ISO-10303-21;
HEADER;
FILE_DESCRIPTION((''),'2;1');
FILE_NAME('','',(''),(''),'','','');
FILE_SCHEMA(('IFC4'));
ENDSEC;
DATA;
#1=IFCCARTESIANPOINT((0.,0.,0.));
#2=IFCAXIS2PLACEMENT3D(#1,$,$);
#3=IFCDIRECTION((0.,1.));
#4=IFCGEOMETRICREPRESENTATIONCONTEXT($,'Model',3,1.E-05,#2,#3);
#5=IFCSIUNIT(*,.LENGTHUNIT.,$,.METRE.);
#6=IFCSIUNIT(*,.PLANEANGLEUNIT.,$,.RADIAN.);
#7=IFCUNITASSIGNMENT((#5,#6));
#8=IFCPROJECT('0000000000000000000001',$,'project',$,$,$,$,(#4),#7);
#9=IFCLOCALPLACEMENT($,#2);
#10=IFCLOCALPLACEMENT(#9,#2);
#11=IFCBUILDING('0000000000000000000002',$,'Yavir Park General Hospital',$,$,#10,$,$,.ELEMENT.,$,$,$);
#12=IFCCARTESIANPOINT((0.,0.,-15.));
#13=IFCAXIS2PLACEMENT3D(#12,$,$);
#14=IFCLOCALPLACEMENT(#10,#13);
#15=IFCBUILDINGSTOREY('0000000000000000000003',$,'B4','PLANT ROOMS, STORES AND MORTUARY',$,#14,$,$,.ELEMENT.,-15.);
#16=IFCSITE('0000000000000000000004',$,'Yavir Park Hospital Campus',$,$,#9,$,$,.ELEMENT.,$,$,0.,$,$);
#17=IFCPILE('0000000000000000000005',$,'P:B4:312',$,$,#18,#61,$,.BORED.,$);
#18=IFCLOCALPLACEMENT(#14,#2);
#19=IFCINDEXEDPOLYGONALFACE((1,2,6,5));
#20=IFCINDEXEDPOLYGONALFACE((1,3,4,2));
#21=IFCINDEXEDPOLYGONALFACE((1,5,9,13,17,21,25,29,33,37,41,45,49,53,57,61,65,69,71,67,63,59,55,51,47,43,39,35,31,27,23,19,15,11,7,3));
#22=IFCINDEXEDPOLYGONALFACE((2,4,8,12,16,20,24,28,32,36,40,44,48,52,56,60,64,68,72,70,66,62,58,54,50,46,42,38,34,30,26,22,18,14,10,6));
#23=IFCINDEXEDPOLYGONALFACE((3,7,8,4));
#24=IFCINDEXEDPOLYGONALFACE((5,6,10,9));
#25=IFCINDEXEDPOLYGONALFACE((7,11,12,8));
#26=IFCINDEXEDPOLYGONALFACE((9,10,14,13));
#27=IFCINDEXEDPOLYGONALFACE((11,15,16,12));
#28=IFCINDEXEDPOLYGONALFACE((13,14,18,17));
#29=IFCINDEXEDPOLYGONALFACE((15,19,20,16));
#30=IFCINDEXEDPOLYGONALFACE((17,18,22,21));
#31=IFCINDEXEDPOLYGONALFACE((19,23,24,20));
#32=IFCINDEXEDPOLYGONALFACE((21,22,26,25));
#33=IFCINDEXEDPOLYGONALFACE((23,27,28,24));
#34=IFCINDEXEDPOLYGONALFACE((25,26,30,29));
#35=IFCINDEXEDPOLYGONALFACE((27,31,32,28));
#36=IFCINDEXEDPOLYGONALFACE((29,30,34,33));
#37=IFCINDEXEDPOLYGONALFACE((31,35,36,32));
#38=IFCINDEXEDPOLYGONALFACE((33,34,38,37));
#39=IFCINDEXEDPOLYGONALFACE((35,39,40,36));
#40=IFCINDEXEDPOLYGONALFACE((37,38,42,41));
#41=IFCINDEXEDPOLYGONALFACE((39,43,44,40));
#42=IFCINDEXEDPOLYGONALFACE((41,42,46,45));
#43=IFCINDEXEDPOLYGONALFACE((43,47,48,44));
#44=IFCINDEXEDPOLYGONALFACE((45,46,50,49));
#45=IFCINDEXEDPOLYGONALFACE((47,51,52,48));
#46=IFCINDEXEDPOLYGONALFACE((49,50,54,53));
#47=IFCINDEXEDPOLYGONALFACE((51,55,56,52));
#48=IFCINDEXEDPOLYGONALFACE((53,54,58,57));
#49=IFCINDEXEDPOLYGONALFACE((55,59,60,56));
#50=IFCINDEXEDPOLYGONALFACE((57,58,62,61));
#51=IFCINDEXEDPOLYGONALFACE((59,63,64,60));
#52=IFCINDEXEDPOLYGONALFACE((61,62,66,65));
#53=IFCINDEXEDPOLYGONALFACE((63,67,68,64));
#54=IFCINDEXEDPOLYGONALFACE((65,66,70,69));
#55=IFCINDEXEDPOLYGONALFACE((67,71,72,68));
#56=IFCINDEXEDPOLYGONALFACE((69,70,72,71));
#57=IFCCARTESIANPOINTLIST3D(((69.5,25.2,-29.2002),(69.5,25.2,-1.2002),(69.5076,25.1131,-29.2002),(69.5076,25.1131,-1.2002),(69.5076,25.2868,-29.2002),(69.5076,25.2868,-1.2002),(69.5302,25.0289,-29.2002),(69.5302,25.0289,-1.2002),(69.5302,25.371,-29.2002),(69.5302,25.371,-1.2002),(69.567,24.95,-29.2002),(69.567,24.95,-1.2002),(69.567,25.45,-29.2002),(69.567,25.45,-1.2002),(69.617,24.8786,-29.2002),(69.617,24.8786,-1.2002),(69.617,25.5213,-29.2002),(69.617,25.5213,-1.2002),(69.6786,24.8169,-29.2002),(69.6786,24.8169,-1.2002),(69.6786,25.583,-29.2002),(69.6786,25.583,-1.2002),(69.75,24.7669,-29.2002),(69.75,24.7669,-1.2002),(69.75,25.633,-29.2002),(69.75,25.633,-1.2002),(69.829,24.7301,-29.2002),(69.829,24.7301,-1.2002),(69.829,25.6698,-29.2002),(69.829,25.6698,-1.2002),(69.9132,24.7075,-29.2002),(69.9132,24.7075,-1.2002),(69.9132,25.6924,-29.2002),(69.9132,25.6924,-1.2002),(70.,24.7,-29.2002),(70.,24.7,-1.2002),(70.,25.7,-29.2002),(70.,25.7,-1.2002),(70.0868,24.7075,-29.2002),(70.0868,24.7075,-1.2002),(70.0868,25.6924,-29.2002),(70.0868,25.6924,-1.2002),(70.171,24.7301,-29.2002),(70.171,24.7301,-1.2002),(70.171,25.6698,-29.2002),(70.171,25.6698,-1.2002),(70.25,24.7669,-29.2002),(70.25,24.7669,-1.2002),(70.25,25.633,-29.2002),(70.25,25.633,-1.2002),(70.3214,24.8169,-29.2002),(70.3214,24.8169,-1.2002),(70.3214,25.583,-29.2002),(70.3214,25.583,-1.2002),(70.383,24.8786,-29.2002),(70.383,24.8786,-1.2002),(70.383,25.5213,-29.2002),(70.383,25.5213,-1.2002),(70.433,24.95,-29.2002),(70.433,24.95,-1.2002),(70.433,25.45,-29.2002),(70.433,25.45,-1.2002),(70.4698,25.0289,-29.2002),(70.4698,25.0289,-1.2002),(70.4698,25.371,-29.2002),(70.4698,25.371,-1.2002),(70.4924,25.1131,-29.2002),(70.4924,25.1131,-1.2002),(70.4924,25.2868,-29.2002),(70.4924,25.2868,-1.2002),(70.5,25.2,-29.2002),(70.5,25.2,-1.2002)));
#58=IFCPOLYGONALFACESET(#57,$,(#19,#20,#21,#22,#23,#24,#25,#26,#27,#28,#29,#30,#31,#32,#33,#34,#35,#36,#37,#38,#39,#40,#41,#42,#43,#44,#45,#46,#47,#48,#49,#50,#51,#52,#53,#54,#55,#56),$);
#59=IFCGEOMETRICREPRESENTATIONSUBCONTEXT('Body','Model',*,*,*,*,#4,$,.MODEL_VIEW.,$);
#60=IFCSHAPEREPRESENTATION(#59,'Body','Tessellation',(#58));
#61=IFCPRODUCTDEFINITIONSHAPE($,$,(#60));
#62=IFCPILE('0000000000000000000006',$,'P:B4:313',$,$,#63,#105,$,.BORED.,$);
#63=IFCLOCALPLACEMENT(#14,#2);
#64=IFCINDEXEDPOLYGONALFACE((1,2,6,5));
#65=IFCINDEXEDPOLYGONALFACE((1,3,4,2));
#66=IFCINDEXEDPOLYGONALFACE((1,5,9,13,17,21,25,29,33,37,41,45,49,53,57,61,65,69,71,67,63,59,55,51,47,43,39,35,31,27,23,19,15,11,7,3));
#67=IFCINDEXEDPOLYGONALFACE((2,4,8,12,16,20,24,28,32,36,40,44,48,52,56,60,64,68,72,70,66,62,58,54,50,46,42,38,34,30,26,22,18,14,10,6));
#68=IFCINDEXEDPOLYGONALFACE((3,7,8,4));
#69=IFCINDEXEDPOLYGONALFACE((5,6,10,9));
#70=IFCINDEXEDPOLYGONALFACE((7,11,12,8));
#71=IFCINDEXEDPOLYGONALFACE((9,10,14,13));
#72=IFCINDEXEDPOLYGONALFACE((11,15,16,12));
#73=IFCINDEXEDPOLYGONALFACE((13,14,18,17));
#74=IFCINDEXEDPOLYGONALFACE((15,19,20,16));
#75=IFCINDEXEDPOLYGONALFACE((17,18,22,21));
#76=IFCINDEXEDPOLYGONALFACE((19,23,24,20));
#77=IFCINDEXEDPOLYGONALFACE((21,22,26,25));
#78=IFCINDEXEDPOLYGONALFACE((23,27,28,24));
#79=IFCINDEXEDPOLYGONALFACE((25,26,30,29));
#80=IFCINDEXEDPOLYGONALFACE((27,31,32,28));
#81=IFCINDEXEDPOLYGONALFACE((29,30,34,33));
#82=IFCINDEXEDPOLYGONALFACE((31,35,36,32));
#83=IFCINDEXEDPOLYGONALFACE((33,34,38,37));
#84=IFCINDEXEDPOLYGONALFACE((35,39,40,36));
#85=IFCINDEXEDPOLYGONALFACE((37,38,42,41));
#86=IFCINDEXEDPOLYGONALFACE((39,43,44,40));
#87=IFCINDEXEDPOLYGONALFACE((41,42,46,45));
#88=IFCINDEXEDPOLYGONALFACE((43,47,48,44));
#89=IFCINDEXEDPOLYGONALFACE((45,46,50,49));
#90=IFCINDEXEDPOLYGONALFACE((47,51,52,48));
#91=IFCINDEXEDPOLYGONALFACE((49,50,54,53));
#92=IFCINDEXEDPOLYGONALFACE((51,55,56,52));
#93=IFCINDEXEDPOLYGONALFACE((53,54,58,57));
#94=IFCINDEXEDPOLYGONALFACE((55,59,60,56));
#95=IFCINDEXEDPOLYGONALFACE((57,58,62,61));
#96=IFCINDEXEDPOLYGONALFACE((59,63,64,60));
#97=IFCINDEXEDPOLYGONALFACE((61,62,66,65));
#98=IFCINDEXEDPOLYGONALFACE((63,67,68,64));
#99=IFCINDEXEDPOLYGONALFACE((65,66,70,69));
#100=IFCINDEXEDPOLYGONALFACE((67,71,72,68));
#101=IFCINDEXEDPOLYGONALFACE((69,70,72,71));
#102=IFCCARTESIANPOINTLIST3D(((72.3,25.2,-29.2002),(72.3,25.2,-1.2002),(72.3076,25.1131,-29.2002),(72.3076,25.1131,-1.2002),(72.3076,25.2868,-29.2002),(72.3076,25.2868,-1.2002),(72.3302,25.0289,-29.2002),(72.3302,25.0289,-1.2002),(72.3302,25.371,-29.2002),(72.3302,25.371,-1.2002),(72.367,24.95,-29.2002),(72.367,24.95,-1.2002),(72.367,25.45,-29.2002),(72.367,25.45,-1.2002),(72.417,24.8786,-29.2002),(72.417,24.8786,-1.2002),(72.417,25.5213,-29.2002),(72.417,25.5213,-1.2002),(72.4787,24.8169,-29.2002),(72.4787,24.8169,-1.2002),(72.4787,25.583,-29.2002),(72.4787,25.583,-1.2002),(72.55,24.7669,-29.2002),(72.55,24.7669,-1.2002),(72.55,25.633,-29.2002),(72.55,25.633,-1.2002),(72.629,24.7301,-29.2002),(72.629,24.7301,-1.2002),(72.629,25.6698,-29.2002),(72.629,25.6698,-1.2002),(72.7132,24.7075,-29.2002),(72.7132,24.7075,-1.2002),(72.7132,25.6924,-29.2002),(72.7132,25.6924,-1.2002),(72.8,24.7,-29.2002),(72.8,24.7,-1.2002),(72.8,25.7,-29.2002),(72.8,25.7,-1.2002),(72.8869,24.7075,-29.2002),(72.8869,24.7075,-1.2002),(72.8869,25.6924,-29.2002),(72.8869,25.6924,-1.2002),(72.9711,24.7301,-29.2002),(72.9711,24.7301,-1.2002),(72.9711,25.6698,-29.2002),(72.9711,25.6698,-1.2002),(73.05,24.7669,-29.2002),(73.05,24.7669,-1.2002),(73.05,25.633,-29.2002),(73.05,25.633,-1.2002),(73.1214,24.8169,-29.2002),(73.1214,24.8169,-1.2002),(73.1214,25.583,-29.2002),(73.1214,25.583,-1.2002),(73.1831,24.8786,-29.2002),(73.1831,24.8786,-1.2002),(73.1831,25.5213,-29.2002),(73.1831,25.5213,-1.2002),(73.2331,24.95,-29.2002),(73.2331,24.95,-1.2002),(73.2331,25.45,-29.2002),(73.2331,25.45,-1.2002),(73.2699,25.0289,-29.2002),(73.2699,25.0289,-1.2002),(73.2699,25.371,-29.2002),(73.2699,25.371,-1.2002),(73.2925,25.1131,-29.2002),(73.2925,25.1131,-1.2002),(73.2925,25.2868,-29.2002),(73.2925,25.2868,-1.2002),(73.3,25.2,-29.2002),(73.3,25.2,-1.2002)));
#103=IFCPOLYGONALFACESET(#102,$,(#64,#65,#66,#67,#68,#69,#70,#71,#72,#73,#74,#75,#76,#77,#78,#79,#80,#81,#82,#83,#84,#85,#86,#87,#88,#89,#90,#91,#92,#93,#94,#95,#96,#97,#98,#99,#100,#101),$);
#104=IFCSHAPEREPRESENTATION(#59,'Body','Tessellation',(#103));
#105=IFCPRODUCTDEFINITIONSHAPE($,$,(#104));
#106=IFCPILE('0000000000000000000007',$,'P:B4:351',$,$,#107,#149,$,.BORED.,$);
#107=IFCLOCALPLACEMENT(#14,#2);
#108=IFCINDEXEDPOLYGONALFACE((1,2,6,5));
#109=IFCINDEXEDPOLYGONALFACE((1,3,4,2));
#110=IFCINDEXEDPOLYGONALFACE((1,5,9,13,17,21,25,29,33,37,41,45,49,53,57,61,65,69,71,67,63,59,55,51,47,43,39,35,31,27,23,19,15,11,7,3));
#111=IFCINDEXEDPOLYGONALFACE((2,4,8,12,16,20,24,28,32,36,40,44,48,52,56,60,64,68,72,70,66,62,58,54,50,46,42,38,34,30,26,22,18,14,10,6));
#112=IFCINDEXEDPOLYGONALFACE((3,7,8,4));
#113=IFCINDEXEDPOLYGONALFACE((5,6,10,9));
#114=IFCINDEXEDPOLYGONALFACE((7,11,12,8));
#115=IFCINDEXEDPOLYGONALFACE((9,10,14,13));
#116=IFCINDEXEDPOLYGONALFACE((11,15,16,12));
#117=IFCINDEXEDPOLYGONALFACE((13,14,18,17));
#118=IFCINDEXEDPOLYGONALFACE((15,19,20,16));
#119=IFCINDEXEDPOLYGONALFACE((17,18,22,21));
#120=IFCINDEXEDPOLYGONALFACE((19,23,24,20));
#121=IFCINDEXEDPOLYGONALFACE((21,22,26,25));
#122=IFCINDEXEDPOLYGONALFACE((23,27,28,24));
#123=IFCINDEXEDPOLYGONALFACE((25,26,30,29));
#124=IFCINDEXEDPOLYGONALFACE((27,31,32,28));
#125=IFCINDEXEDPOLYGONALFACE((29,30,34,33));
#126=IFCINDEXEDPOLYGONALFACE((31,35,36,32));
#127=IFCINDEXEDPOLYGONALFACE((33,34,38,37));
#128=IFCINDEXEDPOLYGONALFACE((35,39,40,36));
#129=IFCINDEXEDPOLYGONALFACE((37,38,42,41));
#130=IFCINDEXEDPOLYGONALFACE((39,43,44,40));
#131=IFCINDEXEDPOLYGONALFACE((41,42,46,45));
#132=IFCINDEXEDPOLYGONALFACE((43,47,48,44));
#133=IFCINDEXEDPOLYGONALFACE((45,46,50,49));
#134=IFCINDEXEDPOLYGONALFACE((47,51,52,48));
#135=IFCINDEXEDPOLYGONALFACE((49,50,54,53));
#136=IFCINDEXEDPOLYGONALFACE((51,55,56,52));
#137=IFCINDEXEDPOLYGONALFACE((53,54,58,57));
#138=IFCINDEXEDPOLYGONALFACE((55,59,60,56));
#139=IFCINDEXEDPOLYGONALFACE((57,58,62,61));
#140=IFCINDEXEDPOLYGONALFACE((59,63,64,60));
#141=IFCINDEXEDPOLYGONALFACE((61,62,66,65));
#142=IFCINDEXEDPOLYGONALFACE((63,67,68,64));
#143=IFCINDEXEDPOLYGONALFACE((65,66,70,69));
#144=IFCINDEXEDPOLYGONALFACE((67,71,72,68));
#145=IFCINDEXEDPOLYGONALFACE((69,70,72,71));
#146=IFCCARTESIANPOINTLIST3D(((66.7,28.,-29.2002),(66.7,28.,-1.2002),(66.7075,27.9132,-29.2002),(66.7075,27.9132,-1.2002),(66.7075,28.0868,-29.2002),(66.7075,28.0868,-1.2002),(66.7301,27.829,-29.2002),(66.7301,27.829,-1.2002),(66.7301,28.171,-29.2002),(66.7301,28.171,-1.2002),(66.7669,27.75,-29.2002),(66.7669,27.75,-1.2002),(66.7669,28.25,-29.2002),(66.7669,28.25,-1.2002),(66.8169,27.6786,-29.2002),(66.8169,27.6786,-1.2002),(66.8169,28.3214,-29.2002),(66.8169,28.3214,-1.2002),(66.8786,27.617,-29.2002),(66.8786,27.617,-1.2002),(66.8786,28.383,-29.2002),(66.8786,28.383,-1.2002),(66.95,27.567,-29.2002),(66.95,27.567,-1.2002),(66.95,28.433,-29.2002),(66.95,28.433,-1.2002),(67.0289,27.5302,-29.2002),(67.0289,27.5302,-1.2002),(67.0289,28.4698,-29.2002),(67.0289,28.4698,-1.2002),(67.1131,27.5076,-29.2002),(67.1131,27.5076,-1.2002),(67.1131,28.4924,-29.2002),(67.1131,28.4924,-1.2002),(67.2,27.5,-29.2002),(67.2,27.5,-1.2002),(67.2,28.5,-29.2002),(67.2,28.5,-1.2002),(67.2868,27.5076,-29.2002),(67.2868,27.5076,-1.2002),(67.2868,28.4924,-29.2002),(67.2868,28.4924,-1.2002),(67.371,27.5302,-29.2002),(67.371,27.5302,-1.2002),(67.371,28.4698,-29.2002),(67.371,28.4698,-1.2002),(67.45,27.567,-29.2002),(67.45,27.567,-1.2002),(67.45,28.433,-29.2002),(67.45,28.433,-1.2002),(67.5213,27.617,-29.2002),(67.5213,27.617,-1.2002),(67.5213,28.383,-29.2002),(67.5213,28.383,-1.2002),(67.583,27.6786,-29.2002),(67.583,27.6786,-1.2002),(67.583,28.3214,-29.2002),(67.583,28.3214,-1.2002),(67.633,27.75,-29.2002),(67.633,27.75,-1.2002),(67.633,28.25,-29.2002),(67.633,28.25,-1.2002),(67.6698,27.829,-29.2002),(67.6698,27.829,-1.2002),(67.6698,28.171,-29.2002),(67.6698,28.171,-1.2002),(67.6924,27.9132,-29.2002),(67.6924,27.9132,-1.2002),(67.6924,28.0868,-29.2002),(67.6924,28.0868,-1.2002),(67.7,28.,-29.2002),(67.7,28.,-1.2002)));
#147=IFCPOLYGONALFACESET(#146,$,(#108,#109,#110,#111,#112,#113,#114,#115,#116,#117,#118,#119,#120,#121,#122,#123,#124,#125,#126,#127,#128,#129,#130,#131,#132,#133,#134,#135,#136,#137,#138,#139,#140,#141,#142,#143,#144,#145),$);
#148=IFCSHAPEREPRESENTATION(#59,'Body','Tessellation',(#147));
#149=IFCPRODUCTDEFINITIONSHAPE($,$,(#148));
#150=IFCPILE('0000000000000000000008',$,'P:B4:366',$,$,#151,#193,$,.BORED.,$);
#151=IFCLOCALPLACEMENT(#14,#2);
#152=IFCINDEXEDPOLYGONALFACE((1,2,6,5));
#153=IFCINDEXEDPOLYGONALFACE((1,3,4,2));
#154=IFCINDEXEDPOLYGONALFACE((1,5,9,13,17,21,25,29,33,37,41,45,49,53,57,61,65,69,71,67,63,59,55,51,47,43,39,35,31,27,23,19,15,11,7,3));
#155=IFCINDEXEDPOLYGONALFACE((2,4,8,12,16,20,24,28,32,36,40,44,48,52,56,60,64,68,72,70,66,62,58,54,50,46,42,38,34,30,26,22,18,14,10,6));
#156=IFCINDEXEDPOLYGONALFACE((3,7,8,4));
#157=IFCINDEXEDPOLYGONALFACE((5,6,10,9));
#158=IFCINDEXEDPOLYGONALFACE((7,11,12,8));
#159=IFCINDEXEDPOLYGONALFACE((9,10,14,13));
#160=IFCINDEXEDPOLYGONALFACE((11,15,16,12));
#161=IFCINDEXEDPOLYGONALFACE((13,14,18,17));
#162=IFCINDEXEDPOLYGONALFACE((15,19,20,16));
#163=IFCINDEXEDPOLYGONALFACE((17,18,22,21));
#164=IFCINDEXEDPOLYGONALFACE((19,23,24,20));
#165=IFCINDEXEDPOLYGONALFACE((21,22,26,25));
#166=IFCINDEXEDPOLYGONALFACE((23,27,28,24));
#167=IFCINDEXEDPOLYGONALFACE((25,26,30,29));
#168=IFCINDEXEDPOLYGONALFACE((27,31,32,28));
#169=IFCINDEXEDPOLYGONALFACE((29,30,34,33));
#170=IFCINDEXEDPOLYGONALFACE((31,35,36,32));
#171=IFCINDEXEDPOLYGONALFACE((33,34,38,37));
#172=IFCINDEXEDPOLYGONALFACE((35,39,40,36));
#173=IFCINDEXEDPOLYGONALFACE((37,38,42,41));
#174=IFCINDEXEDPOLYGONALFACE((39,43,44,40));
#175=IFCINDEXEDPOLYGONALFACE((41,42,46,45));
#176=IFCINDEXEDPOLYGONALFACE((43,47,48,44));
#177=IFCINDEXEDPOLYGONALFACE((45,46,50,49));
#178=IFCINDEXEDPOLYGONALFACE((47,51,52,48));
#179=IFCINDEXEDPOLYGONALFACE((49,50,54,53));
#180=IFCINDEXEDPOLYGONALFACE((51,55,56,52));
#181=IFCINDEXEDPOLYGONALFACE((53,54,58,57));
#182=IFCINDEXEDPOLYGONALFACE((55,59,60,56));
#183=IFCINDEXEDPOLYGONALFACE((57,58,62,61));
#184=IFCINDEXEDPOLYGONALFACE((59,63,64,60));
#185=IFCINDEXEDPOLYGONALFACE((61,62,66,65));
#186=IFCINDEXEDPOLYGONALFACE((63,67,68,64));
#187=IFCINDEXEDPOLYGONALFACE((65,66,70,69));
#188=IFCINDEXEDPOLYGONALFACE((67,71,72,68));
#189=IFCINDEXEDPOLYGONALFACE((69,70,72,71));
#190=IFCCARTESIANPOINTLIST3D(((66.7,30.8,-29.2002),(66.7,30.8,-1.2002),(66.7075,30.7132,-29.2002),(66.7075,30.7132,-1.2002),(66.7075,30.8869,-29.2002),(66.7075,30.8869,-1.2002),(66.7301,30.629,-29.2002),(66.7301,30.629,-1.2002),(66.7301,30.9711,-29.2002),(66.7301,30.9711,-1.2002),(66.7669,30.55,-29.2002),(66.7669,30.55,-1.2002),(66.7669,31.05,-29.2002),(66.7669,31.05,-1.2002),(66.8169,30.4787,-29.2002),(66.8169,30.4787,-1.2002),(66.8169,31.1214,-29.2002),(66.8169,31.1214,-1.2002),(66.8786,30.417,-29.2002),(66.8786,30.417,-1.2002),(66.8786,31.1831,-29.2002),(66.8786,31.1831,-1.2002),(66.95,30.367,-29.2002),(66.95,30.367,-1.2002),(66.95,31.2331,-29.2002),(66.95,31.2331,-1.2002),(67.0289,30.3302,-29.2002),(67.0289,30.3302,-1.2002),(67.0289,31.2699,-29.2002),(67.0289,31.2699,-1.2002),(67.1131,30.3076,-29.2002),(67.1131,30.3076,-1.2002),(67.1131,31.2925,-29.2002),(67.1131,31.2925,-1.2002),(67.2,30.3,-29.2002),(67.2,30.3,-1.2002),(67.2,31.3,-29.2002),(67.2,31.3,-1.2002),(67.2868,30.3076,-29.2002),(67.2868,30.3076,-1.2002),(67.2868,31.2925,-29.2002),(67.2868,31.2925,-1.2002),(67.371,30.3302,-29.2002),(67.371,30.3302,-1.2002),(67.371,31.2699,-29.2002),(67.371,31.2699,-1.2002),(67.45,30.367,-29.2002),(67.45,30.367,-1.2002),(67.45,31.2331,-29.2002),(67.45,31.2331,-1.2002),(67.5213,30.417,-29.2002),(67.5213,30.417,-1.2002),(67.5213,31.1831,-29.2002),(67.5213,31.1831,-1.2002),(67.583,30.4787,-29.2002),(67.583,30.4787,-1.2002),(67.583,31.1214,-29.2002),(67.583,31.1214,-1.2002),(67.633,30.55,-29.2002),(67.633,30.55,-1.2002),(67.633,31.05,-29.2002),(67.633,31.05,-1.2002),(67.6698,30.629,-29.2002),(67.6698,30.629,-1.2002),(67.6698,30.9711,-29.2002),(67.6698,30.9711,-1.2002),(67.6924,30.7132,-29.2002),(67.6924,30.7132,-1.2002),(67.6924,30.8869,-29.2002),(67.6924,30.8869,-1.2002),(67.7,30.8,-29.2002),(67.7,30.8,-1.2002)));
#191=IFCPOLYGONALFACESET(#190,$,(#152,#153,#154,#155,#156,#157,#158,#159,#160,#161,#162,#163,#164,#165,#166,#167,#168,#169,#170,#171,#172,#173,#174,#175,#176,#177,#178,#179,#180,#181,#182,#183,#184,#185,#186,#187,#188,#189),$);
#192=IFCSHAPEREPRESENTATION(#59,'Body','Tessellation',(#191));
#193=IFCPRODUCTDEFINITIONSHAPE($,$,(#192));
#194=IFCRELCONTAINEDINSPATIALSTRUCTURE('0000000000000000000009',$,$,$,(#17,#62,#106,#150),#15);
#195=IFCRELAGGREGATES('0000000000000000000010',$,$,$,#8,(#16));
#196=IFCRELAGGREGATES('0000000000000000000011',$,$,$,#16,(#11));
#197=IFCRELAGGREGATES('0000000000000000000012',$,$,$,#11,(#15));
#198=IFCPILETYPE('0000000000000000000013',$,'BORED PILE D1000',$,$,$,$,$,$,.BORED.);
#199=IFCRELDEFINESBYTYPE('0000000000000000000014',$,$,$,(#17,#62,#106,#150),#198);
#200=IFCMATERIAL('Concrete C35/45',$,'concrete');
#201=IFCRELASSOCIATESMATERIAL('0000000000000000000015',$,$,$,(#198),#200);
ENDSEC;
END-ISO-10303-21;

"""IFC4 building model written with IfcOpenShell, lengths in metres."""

from ifc_helpers import new_model, si_unit, direction, frame, origin, origin_2d, place, context, subcontext, project, spatial, circle, extrude, material, material_profile, profile_set, type_object, element, save


model = new_model("IFC4")

# Units and contexts
model_context = context("Model", 3, precision=1e-05, world=origin(), true_north=direction((0.0, 1.0)))
body_context = subcontext(model_context, "Body", "Model", "MODEL_VIEW")
ifc_project = project(units=[si_unit("LENGTHUNIT", "METRE"), si_unit("PLANEANGLEUNIT", "RADIAN")], contexts=[model_context])

# Site, building, storey
site_placement = place(None, origin())
site = spatial("IfcSite", under=ifc_project, at=site_placement, Name="Yavir Park Hospital Campus", CompositionType="ELEMENT", RefElevation=0.0)
building_placement = place(site_placement, origin())
building = spatial("IfcBuilding", under=site, at=building_placement, Name="Yavir Park General Hospital", CompositionType="ELEMENT")
storey_placement = place(building_placement, frame((0.0, 0.0, -15.0)))
storey = spatial("IfcBuildingStorey", under=building, at=storey_placement, Name="B4", Description="PLANT ROOMS, STORES AND MORTUARY", CompositionType="ELEMENT", Elevation=-15.0)

# Piles
ifc_material_1 = material(Name="Concrete C35/45", Category="concrete")
ifc_material_profile_1 = material_profile(ifc_material_1, circle(Radius=0.5, at=origin_2d()), Name="D1000")
ifc_profile_set_1 = profile_set([ifc_material_profile_1], Name="Concrete C35/45")
pile_type_1 = type_object("IfcPileType", Name="BORED PILE D1000", PredefinedType="BORED", material=ifc_profile_set_1)
for number, where, z_axis, x_axis, name in (
    (1, (70.0, 25.2, -1.2002), (0.0, 0.0, -1.0), (1.0, 0.0, 0.0), "P:B4:312"),
    (2, (72.8, 25.2, -1.2002), (0.0, 0.0, -1.0), (1.0, 0.0, 0.0), "P:B4:313"),
    (3, (67.2, 28.0, -1.2002), (0.0, 0.0, -1.0), (1.0, 0.0, 0.0), "P:B4:351"),
    (4, (67.2, 30.8, -1.2002), (0.0, 0.0, -1.0), (1.0, 0.0, 0.0), "P:B4:366"),
):
    element("IfcPile", number, at=place(storey_placement, frame(where, z_axis=z_axis, x_axis=x_axis)), inside=storey, type_object=pile_type_1, Name=name, PredefinedType="BORED", context=body_context, shape_type="SweptSolid", body=[
        extrude(circle(Radius=0.5, at=origin_2d()), origin(), (0.0, 0.0, 1.0), 28.0),
    ])

save(model, "model.ifc")
